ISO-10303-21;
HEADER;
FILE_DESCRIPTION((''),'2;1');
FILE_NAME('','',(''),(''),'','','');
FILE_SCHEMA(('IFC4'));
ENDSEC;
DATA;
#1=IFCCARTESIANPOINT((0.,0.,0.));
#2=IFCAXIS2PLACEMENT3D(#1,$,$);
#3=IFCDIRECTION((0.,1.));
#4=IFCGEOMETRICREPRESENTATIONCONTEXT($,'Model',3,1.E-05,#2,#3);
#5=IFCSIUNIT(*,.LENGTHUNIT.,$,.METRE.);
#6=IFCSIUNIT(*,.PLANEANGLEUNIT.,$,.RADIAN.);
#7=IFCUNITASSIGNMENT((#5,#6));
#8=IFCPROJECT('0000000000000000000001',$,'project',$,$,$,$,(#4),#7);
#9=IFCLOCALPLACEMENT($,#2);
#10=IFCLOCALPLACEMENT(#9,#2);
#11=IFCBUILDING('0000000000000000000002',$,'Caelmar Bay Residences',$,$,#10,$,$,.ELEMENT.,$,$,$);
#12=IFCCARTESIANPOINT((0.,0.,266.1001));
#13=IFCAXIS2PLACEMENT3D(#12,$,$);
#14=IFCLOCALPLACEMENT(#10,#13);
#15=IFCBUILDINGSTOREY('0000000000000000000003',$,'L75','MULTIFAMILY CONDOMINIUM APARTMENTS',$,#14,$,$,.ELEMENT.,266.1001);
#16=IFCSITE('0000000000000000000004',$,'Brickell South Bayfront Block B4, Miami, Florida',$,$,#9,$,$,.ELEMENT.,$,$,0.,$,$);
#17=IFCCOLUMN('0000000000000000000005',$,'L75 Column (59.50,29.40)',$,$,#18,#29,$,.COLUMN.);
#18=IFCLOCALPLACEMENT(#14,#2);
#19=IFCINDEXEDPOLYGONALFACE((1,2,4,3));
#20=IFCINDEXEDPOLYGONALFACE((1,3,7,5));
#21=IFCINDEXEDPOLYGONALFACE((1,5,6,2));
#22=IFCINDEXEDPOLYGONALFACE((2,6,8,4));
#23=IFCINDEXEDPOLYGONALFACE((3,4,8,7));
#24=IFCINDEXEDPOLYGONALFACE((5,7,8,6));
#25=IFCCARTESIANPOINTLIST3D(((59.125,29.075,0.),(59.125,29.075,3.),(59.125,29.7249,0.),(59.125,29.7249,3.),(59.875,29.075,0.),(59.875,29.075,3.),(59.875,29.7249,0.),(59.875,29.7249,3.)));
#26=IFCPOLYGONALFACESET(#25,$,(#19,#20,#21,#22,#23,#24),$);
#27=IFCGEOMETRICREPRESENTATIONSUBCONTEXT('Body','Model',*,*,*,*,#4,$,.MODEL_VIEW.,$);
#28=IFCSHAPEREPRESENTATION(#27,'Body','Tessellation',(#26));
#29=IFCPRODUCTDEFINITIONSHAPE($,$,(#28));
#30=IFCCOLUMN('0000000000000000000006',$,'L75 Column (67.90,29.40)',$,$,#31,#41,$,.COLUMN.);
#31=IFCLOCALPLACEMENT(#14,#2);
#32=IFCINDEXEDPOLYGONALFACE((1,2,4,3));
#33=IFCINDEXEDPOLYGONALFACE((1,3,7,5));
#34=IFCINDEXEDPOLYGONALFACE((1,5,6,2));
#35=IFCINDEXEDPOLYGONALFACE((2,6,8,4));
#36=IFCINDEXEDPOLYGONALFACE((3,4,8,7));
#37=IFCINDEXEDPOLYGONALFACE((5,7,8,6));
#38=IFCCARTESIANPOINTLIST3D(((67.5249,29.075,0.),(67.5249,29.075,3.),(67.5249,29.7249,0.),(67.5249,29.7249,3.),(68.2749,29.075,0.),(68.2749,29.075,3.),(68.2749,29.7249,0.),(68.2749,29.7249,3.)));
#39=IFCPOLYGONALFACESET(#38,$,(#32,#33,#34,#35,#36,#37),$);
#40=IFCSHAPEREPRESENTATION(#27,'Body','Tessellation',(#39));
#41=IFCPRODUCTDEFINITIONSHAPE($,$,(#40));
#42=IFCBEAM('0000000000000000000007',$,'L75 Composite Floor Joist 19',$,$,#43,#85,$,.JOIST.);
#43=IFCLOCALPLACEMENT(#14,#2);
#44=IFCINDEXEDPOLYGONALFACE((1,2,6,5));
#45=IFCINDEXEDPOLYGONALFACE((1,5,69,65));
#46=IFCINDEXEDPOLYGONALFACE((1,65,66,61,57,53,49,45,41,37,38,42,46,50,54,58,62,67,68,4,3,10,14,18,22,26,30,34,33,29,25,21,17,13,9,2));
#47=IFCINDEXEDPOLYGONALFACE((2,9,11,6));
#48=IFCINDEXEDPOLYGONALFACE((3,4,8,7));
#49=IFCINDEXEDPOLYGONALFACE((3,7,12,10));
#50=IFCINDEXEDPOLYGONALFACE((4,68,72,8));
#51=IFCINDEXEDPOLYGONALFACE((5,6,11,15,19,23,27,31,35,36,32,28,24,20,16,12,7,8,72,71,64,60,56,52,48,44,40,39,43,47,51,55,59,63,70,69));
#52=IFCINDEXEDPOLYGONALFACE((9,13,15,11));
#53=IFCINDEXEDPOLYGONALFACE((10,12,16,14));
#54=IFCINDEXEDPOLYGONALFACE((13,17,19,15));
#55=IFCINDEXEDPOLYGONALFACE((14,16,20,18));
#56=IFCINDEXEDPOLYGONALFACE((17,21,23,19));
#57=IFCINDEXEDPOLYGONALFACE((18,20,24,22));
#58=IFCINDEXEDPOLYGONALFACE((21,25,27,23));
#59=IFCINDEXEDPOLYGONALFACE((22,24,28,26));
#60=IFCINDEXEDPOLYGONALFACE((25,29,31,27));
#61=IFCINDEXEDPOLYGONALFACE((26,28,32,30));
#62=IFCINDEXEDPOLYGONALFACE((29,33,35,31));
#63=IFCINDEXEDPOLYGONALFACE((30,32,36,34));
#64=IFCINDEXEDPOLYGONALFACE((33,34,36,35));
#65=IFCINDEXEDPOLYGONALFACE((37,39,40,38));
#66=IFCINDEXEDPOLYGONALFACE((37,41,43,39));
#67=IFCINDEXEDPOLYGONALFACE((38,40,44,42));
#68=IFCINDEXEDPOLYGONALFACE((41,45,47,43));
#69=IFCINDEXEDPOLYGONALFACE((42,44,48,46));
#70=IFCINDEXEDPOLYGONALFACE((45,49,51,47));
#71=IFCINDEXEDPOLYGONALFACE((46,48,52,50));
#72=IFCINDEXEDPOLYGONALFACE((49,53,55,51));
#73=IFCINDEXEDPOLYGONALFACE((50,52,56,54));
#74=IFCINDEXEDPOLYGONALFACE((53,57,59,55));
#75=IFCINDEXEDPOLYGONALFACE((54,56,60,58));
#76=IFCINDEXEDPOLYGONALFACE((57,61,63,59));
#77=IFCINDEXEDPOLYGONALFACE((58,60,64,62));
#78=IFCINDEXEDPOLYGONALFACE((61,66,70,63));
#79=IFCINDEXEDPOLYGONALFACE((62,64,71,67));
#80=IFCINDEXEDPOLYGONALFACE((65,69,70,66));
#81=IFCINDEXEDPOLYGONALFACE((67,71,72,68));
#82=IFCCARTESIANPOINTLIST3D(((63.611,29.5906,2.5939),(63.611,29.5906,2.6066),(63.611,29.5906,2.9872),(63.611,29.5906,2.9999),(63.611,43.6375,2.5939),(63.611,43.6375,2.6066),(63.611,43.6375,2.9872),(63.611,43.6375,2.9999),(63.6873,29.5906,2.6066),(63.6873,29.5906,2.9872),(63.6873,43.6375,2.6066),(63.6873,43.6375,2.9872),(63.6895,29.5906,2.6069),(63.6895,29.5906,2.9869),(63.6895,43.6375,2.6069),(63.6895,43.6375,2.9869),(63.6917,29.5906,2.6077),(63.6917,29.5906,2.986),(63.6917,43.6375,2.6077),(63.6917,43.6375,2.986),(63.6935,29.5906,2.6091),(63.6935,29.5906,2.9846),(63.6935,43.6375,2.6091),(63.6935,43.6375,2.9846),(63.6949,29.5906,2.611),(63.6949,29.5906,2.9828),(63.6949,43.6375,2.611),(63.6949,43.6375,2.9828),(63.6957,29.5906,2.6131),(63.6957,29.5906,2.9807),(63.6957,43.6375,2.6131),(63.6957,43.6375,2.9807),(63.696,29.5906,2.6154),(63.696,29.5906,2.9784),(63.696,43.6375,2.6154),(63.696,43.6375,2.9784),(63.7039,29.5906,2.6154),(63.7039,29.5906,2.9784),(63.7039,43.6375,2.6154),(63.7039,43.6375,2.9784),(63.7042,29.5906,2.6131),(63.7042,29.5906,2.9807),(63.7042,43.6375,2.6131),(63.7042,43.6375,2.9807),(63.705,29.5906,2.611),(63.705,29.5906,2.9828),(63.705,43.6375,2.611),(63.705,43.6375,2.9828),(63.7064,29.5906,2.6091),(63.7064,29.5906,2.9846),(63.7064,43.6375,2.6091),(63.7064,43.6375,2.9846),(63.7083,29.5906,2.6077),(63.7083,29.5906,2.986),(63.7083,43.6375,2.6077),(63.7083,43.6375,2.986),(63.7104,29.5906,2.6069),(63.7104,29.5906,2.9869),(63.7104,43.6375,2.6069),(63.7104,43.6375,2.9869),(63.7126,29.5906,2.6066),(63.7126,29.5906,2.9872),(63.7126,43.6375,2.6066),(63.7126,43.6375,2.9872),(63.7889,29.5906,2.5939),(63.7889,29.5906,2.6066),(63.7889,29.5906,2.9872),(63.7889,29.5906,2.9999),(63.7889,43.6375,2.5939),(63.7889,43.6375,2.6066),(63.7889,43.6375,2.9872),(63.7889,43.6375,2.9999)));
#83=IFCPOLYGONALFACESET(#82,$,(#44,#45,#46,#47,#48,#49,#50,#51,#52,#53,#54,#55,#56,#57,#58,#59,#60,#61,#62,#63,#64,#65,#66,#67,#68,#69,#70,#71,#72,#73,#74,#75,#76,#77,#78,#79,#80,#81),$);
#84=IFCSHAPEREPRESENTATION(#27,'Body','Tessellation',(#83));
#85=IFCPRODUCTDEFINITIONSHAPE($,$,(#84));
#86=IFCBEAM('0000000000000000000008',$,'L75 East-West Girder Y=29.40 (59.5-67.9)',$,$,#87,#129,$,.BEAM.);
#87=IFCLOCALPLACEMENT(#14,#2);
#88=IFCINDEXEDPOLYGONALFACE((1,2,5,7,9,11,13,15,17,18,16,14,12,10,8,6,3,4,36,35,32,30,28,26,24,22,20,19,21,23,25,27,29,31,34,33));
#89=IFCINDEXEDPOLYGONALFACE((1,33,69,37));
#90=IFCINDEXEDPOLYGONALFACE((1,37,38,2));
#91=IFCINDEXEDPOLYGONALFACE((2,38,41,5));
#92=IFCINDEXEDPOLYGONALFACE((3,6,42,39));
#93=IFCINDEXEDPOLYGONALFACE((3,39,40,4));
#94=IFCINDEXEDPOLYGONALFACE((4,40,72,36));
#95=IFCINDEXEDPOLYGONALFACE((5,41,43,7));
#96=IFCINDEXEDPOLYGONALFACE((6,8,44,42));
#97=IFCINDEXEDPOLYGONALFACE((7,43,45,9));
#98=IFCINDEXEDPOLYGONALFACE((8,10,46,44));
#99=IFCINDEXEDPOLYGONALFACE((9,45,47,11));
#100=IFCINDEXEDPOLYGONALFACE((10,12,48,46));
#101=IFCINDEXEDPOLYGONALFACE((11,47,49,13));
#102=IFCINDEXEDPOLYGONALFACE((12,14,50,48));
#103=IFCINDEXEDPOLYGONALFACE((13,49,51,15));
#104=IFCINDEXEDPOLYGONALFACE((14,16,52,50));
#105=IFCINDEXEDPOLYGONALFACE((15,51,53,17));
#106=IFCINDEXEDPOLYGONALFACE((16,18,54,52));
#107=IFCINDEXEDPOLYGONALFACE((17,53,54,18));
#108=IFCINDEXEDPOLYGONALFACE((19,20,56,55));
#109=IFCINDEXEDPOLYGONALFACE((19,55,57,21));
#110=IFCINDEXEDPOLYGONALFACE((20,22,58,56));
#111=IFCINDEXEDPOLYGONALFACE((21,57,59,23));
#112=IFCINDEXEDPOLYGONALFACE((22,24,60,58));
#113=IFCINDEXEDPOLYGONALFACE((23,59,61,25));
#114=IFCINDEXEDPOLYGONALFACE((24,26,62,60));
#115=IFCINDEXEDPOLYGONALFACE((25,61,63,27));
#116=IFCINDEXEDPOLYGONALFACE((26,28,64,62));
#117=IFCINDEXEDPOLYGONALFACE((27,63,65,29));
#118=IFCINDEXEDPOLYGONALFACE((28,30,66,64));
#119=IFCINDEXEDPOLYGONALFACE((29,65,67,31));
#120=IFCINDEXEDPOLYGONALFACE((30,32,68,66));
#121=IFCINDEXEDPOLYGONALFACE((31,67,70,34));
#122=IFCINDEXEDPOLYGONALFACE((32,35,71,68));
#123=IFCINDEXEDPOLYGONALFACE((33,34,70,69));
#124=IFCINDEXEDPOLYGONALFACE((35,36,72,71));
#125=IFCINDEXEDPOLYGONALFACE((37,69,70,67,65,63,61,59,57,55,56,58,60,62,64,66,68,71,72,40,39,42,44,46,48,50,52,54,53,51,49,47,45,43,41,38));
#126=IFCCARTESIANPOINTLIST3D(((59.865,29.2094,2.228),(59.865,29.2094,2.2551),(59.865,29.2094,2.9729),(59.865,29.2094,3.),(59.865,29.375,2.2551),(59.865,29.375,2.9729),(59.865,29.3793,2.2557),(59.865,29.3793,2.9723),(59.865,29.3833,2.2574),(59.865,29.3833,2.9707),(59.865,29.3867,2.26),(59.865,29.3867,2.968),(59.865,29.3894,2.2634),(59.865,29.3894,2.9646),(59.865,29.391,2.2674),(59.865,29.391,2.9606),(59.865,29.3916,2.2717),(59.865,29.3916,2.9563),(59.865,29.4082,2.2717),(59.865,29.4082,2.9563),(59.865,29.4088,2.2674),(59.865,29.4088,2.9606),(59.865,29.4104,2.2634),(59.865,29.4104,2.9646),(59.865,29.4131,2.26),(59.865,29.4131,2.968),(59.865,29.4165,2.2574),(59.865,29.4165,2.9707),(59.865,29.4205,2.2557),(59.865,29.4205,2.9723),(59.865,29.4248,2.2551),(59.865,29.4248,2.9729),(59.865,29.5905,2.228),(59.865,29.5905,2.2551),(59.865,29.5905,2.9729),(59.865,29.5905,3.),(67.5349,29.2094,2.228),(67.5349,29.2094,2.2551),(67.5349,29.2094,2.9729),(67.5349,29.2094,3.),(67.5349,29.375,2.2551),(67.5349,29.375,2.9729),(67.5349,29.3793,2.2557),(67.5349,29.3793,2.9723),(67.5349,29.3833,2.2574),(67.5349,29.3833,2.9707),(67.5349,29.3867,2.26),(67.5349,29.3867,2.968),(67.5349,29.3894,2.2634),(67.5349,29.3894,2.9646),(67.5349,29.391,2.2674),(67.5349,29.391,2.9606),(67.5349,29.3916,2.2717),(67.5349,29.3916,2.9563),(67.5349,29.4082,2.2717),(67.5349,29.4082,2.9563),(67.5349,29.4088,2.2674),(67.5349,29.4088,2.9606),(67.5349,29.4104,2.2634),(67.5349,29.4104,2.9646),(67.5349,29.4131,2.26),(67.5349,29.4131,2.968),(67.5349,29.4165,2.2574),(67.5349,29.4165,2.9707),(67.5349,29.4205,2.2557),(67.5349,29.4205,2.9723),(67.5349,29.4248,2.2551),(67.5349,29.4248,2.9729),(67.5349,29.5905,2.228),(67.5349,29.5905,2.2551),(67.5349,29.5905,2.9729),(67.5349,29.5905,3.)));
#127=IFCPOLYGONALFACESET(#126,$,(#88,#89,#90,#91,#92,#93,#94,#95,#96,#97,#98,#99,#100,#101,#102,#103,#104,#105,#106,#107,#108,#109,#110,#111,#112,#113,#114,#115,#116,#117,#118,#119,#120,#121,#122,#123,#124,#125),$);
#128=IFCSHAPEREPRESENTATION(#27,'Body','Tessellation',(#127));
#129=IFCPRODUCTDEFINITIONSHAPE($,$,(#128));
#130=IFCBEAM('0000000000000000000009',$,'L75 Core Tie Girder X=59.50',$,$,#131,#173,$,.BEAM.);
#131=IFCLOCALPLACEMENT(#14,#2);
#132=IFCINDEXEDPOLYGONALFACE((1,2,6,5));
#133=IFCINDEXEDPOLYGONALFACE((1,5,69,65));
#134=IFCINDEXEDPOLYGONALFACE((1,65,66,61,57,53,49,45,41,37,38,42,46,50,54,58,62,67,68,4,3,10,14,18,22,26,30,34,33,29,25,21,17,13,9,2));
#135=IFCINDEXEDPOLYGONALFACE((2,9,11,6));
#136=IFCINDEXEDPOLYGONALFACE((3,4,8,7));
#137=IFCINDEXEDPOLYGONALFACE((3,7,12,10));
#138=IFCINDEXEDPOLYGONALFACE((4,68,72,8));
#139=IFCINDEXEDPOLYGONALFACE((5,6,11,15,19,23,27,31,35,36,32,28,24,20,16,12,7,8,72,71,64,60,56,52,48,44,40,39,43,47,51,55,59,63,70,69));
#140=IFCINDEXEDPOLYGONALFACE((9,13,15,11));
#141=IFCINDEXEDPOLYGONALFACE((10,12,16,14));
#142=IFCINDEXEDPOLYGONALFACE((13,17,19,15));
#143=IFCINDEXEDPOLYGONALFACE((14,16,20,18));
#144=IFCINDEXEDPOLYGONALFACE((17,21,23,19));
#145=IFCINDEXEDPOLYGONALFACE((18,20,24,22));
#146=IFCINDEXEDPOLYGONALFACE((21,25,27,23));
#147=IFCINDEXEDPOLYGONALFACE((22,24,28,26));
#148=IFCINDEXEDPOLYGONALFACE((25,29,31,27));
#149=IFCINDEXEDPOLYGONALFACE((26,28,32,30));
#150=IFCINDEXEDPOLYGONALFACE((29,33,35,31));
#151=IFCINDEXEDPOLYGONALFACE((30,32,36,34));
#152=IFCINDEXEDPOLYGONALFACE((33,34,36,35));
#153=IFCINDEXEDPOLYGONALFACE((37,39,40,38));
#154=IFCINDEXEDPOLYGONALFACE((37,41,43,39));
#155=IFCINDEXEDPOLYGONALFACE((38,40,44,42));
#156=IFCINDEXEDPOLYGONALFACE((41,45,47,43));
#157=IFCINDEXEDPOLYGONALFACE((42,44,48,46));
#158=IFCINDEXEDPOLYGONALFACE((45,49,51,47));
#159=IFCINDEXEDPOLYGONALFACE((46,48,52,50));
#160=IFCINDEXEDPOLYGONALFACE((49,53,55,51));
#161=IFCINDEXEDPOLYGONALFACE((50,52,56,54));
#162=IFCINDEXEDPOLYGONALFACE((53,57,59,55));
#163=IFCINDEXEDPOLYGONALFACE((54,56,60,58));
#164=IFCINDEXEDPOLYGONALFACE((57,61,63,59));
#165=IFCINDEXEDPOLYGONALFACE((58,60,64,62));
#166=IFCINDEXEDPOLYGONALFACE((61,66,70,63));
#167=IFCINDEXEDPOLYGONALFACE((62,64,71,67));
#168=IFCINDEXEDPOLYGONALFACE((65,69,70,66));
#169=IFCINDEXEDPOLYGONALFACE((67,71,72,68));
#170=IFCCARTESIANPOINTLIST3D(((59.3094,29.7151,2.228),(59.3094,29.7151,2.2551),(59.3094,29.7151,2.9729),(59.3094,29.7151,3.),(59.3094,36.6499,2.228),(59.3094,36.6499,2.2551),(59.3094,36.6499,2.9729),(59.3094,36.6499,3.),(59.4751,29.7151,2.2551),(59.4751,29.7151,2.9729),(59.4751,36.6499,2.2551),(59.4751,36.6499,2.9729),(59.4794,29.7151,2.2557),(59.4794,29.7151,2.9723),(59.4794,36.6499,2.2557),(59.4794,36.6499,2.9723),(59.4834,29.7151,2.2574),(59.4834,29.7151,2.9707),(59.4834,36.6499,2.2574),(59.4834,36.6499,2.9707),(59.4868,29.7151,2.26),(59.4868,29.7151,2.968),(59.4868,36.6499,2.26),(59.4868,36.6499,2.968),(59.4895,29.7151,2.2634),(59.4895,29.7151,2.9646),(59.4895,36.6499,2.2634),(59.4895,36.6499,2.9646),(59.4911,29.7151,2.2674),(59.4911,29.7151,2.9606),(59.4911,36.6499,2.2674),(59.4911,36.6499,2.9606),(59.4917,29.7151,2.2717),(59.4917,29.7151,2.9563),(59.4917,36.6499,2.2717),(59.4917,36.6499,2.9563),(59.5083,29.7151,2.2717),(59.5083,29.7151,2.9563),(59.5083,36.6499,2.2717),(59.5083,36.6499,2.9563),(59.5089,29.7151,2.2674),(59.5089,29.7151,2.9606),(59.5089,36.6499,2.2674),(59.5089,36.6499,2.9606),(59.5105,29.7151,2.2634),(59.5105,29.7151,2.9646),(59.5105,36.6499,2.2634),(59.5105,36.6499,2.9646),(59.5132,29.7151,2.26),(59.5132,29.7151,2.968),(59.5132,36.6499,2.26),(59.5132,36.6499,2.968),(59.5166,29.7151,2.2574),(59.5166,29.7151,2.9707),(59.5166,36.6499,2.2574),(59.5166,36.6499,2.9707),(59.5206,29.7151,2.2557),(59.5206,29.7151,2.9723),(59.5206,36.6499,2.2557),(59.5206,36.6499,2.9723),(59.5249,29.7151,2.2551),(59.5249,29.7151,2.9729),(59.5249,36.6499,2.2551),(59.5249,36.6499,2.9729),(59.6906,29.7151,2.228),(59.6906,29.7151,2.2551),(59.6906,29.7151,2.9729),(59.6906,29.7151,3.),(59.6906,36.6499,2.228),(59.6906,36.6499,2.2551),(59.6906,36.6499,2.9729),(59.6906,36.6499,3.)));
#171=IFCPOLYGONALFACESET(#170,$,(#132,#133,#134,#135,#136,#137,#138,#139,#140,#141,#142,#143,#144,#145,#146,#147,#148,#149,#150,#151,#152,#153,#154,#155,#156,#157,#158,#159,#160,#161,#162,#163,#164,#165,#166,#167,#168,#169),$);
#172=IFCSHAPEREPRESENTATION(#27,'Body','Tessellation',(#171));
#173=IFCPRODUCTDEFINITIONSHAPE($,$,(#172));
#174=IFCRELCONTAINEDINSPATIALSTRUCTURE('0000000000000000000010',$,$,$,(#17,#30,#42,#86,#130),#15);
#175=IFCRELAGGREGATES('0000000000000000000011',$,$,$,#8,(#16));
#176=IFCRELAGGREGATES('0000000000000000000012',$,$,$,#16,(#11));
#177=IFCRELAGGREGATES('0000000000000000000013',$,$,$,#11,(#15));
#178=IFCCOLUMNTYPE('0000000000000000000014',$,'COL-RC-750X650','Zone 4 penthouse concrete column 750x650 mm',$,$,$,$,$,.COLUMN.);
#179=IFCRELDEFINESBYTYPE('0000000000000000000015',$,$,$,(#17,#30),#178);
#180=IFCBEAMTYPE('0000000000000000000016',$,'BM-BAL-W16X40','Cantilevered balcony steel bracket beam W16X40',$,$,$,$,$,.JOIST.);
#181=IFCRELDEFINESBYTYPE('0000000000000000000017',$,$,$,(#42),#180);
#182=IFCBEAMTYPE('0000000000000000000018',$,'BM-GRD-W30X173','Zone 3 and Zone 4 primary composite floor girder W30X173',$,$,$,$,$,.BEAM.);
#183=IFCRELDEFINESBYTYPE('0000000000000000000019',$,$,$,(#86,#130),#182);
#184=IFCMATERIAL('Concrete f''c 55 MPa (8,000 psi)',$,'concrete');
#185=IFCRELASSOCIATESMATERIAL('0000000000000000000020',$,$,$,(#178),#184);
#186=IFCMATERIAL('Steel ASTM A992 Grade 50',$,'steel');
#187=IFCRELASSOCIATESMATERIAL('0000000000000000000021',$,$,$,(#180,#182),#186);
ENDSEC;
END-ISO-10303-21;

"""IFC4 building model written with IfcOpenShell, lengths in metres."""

from ifc_helpers import new_model, si_unit, direction, frame, origin, origin_2d, place, context, subcontext, project, spatial, rectangle, i_section, extrude, material, material_profile, profile_set, type_object, element, save


model = new_model("IFC4")

# Units and contexts
model_context = context("Model", 3, precision=1e-05, world=origin(), true_north=direction((0.0, 1.0)))
body_context = subcontext(model_context, "Body", "Model", "MODEL_VIEW")
ifc_project = project(units=[si_unit("LENGTHUNIT", "METRE"), si_unit("PLANEANGLEUNIT", "RADIAN")], contexts=[model_context])

# Site, building, storey
site_placement = place(None, origin())
site = spatial("IfcSite", under=ifc_project, at=site_placement, Name="Brickell South Bayfront Block B4, Miami, Florida", CompositionType="ELEMENT", RefElevation=0.0)
building_placement = place(site_placement, origin())
building = spatial("IfcBuilding", under=site, at=building_placement, Name="Caelmar Bay Residences", CompositionType="ELEMENT")
storey_placement = place(building_placement, frame((0.0, 0.0, 266.1001)))
storey = spatial("IfcBuildingStorey", under=building, at=storey_placement, Name="L75", Description="MULTIFAMILY CONDOMINIUM APARTMENTS", CompositionType="ELEMENT", Elevation=266.1001)

# Columns
ifc_material_1 = material(Name="Concrete f'c 55 MPa (8,000 psi)", Category="concrete")
ifc_material_profile_1 = material_profile(ifc_material_1, rectangle(XDim=0.75, YDim=0.6499, at=origin_2d()), Name="RC-COL-750X650")
ifc_profile_set_1 = profile_set([ifc_material_profile_1], Name="Concrete f'c 55 MPa (8,000 psi)")
column_type = type_object("IfcColumnType", Name="COL-RC-750X650", Description="Zone 4 penthouse concrete column 750x650 mm", PredefinedType="COLUMN", material=ifc_profile_set_1)
for number, where, z_axis, x_axis, name in (
    (1, (59.5, 29.3999, 0.0), (0.0, 0.0, 1.0), (1.0, 0.0, 0.0), "L75 Column (59.50,29.40)"),
    (2, (67.8999, 29.3999, 0.0), (0.0, 0.0, 1.0), (1.0, 0.0, 0.0), "L75 Column (67.90,29.40)"),
):
    element("IfcColumn", number, at=place(storey_placement, frame(where, z_axis=z_axis, x_axis=x_axis)), inside=storey, type_object=column_type, Name=name, PredefinedType="COLUMN", context=body_context, shape_type="SweptSolid", body=[
        extrude(rectangle(XDim=0.75, YDim=0.6499, at=origin_2d()), origin(), (0.0, 0.0, 1.0), 3.0),
    ])

# Beams
ifc_material_2 = material(Name="Steel ASTM A992 Grade 50", Category="steel")
ifc_material_profile_2 = material_profile(ifc_material_2, i_section(OverallWidth=0.178, OverallDepth=0.406, WebThickness=0.0078, FlangeThickness=0.0127, FilletRadius=0.0088, at=origin_2d()), Name="W16X40")
ifc_profile_set_2 = profile_set([ifc_material_profile_2], Name="Steel ASTM A992 Grade 50")
beam_type_1 = type_object("IfcBeamType", Name="BM-BAL-W16X40", Description="Cantilevered balcony steel bracket beam W16X40", PredefinedType="JOIST", material=ifc_profile_set_2)
beam_1_placement = place(storey_placement, frame((63.7, 29.5906, 2.7969), z_axis=(0.0, 1.0, 0.0), x_axis=(-1.0, 0.0, 0.0)))
element("IfcBeam", 3, at=beam_1_placement, inside=storey, type_object=beam_type_1, Name="L75 Composite Floor Joist 19", PredefinedType="JOIST", context=body_context, shape_type="SweptSolid", body=[
    extrude(i_section(OverallWidth=0.178, OverallDepth=0.406, WebThickness=0.0078, FlangeThickness=0.0127, FilletRadius=0.0088, at=origin_2d()), origin(), (0.0, 0.0, 1.0), 14.0469),
])
ifc_material_profile_3 = material_profile(ifc_material_2, i_section(OverallWidth=0.3811, OverallDepth=0.772, WebThickness=0.0166, FlangeThickness=0.0271, FilletRadius=0.0166, at=origin_2d()), Name="W30X173")
ifc_profile_set_3 = profile_set([ifc_material_profile_3], Name="Steel ASTM A992 Grade 50")
beam_type_2 = type_object("IfcBeamType", Name="BM-GRD-W30X173", Description="Zone 3 and Zone 4 primary composite floor girder W30X173", PredefinedType="BEAM", material=ifc_profile_set_3)
beam_2_placement = place(storey_placement, frame((59.865, 29.3999, 2.614), z_axis=(1.0, 0.0, 0.0), x_axis=(0.0, 1.0, 0.0)))
element("IfcBeam", 4, at=beam_2_placement, inside=storey, type_object=beam_type_2, Name="L75 East-West Girder Y=29.40 (59.5-67.9)", PredefinedType="BEAM", context=body_context, shape_type="SweptSolid", body=[
    extrude(i_section(OverallWidth=0.3811, OverallDepth=0.772, WebThickness=0.0166, FlangeThickness=0.0271, FilletRadius=0.0166, at=origin_2d()), origin(), (0.0, 0.0, 1.0), 7.6699),
])
beam_3_placement = place(storey_placement, frame((59.5, 29.7151, 2.614), z_axis=(0.0, 1.0, 0.0), x_axis=(-1.0, 0.0, 0.0)))
element("IfcBeam", 5, at=beam_3_placement, inside=storey, type_object=beam_type_2, Name="L75 Core Tie Girder X=59.50", PredefinedType="BEAM", context=body_context, shape_type="SweptSolid", body=[
    extrude(i_section(OverallWidth=0.3811, OverallDepth=0.772, WebThickness=0.0166, FlangeThickness=0.0271, FilletRadius=0.0166, at=origin_2d()), origin(), (0.0, 0.0, 1.0), 6.9348),
])

save(model, "model.ifc")
